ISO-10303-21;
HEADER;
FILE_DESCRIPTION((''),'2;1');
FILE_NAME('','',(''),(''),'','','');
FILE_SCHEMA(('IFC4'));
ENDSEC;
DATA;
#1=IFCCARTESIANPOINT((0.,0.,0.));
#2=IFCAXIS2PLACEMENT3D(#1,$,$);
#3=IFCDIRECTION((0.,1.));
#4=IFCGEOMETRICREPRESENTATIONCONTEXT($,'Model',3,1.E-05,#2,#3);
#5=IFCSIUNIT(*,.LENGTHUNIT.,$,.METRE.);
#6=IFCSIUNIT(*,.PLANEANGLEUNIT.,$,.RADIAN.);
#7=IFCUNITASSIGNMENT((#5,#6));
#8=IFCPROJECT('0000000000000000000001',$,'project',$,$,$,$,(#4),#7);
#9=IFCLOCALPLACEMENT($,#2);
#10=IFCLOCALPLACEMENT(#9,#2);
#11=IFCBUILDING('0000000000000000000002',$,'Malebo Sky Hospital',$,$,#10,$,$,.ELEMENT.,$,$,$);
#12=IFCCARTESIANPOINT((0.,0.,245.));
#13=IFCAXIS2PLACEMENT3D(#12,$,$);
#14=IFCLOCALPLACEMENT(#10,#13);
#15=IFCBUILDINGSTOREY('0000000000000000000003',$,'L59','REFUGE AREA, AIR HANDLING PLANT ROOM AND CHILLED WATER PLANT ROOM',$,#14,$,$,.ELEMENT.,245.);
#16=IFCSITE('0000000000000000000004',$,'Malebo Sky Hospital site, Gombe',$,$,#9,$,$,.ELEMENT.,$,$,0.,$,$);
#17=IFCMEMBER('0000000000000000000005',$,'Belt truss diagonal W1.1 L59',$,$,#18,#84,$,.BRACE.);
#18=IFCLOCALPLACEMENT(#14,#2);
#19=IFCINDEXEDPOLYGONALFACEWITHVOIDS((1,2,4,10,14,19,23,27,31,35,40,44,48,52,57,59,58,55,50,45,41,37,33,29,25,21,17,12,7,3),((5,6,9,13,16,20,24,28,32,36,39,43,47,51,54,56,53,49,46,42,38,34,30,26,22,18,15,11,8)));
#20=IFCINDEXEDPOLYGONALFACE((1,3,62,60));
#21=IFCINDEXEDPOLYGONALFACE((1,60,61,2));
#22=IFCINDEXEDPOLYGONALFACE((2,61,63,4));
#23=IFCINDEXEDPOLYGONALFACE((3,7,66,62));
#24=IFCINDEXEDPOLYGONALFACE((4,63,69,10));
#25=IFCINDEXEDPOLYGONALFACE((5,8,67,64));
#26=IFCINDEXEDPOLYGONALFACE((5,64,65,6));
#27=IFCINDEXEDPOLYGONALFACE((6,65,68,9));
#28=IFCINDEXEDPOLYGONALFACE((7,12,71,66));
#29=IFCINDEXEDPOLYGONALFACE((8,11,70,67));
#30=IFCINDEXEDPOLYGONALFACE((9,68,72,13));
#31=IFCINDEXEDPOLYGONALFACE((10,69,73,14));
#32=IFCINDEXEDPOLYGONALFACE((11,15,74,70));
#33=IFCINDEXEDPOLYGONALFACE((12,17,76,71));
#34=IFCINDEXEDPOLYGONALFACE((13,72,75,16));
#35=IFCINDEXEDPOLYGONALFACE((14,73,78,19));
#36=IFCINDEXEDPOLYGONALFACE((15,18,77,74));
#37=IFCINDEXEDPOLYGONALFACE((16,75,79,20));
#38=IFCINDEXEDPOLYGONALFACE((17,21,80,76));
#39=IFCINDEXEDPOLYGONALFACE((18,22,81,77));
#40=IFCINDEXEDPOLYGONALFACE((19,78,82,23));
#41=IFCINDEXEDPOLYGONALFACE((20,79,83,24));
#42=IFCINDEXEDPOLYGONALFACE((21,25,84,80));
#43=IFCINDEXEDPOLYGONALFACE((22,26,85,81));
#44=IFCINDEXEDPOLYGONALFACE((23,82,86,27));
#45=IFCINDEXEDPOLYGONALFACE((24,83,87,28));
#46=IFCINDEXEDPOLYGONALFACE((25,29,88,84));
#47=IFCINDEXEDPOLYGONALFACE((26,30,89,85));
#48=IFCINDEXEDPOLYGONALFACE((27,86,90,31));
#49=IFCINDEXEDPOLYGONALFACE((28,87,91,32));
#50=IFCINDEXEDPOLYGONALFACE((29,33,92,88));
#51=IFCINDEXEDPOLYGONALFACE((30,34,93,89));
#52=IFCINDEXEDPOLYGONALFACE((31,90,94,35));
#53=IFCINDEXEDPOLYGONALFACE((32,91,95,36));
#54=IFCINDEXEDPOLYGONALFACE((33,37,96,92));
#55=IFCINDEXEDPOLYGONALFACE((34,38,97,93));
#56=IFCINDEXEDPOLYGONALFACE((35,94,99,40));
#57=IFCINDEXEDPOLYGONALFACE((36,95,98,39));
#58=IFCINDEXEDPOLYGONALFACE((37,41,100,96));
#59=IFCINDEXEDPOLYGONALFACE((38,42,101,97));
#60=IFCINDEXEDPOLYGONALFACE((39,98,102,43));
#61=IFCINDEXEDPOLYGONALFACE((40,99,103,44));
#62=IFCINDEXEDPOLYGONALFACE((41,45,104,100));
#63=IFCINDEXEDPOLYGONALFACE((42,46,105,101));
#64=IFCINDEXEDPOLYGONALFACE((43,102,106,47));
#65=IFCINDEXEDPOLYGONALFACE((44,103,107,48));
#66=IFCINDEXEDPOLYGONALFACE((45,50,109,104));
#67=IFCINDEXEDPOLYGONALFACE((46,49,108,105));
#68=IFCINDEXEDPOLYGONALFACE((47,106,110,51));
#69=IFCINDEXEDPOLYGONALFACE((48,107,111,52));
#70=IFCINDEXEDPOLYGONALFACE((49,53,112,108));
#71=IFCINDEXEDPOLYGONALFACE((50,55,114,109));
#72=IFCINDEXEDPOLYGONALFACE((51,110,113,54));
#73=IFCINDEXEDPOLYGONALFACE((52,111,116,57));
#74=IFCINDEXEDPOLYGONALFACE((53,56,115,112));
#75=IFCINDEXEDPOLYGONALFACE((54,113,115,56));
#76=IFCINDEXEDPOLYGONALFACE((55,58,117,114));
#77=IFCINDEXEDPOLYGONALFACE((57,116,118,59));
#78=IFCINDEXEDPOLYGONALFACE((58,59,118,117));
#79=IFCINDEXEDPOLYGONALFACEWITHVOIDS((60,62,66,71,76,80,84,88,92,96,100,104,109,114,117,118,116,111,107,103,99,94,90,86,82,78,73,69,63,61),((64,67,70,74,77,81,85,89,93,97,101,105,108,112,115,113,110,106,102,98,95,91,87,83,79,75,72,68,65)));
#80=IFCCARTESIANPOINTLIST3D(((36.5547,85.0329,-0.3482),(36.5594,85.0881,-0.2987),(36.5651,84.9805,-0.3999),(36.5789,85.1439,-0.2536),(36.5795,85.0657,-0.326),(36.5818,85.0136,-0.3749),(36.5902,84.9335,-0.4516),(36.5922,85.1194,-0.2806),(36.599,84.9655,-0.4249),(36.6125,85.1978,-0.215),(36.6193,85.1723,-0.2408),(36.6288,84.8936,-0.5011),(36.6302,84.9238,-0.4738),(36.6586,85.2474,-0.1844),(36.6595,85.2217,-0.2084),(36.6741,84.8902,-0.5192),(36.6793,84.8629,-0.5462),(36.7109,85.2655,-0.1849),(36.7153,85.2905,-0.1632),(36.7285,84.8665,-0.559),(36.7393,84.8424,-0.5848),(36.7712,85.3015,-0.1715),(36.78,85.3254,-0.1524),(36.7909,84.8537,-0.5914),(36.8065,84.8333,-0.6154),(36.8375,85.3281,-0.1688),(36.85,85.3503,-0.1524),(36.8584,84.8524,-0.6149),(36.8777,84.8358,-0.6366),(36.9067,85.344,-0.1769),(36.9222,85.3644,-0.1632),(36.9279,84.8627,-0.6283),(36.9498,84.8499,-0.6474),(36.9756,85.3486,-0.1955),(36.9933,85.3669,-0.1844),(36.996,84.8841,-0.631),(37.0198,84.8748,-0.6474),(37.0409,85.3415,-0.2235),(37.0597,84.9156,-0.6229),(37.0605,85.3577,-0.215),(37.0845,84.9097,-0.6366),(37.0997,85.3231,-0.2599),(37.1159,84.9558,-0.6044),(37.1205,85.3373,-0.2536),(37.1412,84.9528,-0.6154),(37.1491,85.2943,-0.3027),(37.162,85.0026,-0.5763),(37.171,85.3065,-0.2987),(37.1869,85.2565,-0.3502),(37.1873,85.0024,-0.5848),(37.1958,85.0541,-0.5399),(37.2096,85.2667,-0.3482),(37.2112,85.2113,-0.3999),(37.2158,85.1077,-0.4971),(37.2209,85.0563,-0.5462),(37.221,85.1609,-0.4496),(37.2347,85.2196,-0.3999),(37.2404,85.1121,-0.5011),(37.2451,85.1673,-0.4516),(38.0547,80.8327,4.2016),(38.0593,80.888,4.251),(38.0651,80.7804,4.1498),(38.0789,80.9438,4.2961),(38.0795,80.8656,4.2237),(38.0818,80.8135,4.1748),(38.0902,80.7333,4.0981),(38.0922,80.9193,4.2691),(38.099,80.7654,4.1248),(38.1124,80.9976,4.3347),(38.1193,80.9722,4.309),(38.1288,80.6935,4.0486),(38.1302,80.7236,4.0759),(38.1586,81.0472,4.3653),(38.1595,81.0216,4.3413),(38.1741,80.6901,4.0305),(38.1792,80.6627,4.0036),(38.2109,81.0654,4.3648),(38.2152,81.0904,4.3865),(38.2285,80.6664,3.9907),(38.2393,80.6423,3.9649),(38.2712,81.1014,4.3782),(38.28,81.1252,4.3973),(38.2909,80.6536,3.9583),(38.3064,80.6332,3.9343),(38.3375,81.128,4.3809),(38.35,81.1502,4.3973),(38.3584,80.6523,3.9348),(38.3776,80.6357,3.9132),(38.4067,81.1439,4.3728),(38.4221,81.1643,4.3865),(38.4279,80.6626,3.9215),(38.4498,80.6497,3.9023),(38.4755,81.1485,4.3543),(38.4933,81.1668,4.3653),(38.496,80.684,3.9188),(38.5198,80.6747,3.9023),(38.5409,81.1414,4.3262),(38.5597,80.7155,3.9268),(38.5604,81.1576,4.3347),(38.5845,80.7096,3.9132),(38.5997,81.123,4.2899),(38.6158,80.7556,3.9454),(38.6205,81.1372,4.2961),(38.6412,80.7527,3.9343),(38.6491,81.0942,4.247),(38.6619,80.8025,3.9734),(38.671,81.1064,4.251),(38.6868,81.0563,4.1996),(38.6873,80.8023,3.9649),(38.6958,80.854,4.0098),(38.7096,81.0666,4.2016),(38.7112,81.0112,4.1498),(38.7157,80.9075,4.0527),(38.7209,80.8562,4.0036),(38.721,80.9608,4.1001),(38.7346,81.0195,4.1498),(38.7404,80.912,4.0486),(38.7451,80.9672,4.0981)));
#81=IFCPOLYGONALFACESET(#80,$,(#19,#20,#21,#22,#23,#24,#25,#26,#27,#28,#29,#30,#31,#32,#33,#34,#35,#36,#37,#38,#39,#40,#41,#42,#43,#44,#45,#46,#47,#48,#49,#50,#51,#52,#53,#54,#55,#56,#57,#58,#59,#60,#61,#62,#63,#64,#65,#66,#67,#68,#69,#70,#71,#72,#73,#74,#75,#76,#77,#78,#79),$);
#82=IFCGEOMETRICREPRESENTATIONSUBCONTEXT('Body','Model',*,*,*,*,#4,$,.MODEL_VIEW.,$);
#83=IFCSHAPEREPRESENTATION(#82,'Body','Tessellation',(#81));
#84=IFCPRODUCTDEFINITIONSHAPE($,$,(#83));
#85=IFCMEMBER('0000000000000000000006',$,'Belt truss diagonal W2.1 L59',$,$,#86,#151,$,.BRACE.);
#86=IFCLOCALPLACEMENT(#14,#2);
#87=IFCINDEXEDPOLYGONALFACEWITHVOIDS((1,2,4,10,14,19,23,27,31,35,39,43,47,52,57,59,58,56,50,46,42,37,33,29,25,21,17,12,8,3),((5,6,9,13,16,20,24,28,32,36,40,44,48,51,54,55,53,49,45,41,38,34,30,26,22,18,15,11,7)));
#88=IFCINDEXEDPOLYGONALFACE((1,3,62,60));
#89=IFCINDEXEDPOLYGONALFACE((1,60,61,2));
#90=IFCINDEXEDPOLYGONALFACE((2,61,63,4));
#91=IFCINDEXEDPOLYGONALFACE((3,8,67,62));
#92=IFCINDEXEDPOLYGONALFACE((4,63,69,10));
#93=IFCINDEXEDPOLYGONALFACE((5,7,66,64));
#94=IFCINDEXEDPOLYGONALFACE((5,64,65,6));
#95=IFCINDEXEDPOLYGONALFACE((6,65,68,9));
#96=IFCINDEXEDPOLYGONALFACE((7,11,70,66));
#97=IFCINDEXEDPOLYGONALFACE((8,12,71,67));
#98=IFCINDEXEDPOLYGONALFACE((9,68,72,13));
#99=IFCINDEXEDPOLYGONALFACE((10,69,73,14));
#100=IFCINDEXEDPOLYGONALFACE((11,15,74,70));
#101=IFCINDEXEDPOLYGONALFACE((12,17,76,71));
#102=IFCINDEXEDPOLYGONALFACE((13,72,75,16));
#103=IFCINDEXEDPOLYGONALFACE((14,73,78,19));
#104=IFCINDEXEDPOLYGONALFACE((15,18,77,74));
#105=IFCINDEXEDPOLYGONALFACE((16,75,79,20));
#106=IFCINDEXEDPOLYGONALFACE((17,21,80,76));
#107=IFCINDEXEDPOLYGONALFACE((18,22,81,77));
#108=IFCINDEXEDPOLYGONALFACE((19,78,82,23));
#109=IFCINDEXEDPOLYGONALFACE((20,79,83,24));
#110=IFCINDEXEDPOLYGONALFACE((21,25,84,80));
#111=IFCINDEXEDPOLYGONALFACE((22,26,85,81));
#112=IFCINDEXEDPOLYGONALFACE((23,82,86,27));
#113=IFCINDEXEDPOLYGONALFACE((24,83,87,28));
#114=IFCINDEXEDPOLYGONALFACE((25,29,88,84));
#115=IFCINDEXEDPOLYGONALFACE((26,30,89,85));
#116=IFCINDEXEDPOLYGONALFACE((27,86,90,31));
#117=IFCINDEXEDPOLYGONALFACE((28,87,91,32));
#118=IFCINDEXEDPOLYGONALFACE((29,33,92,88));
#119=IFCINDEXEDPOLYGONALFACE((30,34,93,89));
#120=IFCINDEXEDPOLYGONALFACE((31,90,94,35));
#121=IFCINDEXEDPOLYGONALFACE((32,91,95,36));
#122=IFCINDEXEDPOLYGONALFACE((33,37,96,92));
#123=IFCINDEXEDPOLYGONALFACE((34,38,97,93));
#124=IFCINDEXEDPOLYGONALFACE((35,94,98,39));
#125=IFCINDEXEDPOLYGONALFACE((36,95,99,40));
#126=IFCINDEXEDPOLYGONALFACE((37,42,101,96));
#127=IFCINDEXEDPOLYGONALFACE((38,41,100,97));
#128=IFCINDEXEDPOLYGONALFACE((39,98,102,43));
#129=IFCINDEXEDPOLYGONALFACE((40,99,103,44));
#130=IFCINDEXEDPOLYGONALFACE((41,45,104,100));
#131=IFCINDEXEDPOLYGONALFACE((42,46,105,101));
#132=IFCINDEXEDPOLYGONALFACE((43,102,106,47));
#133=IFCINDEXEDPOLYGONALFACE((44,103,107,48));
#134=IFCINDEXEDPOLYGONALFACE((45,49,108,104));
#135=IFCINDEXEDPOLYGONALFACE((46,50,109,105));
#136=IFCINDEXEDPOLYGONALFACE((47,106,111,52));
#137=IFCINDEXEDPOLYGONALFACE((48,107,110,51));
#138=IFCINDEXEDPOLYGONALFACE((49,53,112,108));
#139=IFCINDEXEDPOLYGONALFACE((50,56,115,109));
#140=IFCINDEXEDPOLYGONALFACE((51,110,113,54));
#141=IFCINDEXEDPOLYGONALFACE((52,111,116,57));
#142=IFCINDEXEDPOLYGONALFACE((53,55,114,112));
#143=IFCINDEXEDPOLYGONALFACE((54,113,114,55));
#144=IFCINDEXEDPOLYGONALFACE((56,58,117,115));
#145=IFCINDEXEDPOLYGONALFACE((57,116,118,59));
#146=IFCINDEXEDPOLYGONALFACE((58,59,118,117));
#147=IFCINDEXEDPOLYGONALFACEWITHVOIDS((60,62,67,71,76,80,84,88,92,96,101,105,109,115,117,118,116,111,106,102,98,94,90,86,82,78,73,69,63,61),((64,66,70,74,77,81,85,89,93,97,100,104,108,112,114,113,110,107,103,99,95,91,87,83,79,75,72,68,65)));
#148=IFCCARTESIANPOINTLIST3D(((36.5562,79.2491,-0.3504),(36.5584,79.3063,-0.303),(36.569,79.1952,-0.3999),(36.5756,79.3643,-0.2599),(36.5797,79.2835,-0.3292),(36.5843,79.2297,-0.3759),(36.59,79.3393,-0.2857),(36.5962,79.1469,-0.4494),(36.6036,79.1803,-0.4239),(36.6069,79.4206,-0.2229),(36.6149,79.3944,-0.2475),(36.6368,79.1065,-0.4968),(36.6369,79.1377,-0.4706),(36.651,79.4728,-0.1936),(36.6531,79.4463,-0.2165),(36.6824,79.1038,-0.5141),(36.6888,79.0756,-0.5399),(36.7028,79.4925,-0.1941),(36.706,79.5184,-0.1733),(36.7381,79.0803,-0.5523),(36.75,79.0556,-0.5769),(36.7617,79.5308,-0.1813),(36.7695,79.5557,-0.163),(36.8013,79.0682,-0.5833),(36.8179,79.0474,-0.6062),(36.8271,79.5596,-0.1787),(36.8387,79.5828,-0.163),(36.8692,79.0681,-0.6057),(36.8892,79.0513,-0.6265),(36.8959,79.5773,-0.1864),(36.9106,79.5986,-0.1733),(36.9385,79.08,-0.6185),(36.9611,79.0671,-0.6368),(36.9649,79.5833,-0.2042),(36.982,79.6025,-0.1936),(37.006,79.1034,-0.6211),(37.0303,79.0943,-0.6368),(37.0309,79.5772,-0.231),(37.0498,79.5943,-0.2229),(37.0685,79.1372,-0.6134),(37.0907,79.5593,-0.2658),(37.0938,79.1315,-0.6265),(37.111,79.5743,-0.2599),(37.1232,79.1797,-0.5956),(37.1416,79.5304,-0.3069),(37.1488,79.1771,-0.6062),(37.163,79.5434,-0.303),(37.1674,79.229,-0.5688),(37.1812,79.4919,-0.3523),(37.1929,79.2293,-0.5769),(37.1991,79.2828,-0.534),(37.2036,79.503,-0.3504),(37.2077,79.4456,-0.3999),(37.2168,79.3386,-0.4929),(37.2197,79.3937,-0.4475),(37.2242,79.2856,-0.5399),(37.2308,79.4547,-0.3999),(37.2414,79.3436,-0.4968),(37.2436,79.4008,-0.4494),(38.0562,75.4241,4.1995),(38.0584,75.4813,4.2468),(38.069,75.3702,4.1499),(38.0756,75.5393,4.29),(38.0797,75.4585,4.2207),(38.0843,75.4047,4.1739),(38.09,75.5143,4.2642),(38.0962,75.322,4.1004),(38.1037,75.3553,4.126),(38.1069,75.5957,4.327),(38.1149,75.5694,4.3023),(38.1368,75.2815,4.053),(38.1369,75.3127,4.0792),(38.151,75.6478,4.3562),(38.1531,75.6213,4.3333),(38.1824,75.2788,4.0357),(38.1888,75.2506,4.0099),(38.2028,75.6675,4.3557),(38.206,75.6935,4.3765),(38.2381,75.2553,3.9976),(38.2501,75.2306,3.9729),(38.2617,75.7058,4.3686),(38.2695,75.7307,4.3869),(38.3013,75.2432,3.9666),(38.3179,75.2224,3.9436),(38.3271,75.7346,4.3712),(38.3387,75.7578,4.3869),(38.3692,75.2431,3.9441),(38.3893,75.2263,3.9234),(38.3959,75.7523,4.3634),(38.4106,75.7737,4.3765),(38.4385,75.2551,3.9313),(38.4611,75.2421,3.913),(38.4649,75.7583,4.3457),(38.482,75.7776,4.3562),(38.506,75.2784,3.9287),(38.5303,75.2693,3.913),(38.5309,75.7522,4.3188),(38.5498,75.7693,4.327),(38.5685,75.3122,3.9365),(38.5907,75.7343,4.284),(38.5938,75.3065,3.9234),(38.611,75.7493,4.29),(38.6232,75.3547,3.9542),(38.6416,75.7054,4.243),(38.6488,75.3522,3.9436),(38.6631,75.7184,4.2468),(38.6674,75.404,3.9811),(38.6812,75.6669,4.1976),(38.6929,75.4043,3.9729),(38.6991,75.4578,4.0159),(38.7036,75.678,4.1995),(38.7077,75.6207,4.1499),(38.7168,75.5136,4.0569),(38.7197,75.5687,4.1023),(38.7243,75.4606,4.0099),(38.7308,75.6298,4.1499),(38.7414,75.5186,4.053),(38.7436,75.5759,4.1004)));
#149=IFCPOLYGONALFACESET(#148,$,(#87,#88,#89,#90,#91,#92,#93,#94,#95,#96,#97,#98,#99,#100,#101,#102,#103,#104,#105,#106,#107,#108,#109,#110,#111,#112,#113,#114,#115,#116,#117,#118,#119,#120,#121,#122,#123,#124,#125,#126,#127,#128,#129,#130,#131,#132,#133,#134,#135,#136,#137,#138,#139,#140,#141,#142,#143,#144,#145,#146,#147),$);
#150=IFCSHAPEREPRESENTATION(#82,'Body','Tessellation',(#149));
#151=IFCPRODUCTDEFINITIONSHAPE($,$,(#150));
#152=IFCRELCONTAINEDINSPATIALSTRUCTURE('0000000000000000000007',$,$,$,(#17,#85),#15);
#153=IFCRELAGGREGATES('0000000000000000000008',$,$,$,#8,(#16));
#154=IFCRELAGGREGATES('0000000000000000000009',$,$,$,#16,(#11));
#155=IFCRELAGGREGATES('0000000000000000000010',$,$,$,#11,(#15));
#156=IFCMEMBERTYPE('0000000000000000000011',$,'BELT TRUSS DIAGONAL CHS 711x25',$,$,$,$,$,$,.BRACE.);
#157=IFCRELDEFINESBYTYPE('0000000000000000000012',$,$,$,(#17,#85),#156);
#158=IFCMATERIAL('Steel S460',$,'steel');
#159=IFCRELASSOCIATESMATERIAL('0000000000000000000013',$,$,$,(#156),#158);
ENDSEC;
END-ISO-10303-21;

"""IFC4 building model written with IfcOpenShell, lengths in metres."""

from ifc_helpers import new_model, si_unit, direction, frame, origin, origin_2d, place, context, subcontext, project, spatial, hollow_circle, extrude, material, material_profile, profile_set, type_object, element, save


model = new_model("IFC4")

# Units and contexts
model_context = context("Model", 3, precision=1e-05, world=origin(), true_north=direction((0.0, 1.0)))
body_context = subcontext(model_context, "Body", "Model", "MODEL_VIEW")
ifc_project = project(units=[si_unit("LENGTHUNIT", "METRE"), si_unit("PLANEANGLEUNIT", "RADIAN")], contexts=[model_context])

# Site, building, storey
site_placement = place(None, origin())
site = spatial("IfcSite", under=ifc_project, at=site_placement, Name="Malebo Sky Hospital site, Gombe", CompositionType="ELEMENT", RefElevation=0.0)
building_placement = place(site_placement, origin())
building = spatial("IfcBuilding", under=site, at=building_placement, Name="Malebo Sky Hospital", CompositionType="ELEMENT")
storey_placement = place(building_placement, frame((0.0, 0.0, 245.0)))
storey = spatial("IfcBuildingStorey", under=building, at=storey_placement, Name="L59", Description="REFUGE AREA, AIR HANDLING PLANT ROOM AND CHILLED WATER PLANT ROOM", CompositionType="ELEMENT", Elevation=245.0)

# Members
ifc_material_1 = material(Name="Steel S460", Category="steel")
ifc_material_profile_1 = material_profile(ifc_material_1, hollow_circle(Radius=0.3555, WallThickness=0.0249, at=origin_2d()), Name="CHS 711x25")
ifc_profile_set_1 = profile_set([ifc_material_profile_1], Name="Steel S460")
member_type_1 = type_object("IfcMemberType", Name="BELT TRUSS DIAGONAL CHS 711x25", PredefinedType="BRACE", material=ifc_profile_set_1)
member_1_placement = place(storey_placement, frame((36.8999, 85.1001, -0.3999), z_axis=(0.235434, -0.659246, 0.714119), x_axis=(0.941747, 0.336323, 0.0)))
element("IfcMember", 1, at=member_1_placement, inside=storey, type_object=member_type_1, Name="Belt truss diagonal W1.1 L59", PredefinedType="BRACE", context=body_context, shape_type="SweptSolid", body=[
    extrude(hollow_circle(Radius=0.3555, WallThickness=0.0249, at=origin_2d()), origin(), (0.0, 0.0, 1.0), 6.3711),
])
member_2_placement = place(storey_placement, frame((36.8999, 79.325, -0.3999), z_axis=(0.244685, -0.623939, 0.742179), x_axis=(0.930972, 0.365092, 0.0)))
element("IfcMember", 2, at=member_2_placement, inside=storey, type_object=member_type_1, Name="Belt truss diagonal W2.1 L59", PredefinedType="BRACE", context=body_context, shape_type="SweptSolid", body=[
    extrude(hollow_circle(Radius=0.3555, WallThickness=0.0249, at=origin_2d()), origin(), (0.0, 0.0, 1.0), 6.1304),
])

save(model, "model.ifc")
